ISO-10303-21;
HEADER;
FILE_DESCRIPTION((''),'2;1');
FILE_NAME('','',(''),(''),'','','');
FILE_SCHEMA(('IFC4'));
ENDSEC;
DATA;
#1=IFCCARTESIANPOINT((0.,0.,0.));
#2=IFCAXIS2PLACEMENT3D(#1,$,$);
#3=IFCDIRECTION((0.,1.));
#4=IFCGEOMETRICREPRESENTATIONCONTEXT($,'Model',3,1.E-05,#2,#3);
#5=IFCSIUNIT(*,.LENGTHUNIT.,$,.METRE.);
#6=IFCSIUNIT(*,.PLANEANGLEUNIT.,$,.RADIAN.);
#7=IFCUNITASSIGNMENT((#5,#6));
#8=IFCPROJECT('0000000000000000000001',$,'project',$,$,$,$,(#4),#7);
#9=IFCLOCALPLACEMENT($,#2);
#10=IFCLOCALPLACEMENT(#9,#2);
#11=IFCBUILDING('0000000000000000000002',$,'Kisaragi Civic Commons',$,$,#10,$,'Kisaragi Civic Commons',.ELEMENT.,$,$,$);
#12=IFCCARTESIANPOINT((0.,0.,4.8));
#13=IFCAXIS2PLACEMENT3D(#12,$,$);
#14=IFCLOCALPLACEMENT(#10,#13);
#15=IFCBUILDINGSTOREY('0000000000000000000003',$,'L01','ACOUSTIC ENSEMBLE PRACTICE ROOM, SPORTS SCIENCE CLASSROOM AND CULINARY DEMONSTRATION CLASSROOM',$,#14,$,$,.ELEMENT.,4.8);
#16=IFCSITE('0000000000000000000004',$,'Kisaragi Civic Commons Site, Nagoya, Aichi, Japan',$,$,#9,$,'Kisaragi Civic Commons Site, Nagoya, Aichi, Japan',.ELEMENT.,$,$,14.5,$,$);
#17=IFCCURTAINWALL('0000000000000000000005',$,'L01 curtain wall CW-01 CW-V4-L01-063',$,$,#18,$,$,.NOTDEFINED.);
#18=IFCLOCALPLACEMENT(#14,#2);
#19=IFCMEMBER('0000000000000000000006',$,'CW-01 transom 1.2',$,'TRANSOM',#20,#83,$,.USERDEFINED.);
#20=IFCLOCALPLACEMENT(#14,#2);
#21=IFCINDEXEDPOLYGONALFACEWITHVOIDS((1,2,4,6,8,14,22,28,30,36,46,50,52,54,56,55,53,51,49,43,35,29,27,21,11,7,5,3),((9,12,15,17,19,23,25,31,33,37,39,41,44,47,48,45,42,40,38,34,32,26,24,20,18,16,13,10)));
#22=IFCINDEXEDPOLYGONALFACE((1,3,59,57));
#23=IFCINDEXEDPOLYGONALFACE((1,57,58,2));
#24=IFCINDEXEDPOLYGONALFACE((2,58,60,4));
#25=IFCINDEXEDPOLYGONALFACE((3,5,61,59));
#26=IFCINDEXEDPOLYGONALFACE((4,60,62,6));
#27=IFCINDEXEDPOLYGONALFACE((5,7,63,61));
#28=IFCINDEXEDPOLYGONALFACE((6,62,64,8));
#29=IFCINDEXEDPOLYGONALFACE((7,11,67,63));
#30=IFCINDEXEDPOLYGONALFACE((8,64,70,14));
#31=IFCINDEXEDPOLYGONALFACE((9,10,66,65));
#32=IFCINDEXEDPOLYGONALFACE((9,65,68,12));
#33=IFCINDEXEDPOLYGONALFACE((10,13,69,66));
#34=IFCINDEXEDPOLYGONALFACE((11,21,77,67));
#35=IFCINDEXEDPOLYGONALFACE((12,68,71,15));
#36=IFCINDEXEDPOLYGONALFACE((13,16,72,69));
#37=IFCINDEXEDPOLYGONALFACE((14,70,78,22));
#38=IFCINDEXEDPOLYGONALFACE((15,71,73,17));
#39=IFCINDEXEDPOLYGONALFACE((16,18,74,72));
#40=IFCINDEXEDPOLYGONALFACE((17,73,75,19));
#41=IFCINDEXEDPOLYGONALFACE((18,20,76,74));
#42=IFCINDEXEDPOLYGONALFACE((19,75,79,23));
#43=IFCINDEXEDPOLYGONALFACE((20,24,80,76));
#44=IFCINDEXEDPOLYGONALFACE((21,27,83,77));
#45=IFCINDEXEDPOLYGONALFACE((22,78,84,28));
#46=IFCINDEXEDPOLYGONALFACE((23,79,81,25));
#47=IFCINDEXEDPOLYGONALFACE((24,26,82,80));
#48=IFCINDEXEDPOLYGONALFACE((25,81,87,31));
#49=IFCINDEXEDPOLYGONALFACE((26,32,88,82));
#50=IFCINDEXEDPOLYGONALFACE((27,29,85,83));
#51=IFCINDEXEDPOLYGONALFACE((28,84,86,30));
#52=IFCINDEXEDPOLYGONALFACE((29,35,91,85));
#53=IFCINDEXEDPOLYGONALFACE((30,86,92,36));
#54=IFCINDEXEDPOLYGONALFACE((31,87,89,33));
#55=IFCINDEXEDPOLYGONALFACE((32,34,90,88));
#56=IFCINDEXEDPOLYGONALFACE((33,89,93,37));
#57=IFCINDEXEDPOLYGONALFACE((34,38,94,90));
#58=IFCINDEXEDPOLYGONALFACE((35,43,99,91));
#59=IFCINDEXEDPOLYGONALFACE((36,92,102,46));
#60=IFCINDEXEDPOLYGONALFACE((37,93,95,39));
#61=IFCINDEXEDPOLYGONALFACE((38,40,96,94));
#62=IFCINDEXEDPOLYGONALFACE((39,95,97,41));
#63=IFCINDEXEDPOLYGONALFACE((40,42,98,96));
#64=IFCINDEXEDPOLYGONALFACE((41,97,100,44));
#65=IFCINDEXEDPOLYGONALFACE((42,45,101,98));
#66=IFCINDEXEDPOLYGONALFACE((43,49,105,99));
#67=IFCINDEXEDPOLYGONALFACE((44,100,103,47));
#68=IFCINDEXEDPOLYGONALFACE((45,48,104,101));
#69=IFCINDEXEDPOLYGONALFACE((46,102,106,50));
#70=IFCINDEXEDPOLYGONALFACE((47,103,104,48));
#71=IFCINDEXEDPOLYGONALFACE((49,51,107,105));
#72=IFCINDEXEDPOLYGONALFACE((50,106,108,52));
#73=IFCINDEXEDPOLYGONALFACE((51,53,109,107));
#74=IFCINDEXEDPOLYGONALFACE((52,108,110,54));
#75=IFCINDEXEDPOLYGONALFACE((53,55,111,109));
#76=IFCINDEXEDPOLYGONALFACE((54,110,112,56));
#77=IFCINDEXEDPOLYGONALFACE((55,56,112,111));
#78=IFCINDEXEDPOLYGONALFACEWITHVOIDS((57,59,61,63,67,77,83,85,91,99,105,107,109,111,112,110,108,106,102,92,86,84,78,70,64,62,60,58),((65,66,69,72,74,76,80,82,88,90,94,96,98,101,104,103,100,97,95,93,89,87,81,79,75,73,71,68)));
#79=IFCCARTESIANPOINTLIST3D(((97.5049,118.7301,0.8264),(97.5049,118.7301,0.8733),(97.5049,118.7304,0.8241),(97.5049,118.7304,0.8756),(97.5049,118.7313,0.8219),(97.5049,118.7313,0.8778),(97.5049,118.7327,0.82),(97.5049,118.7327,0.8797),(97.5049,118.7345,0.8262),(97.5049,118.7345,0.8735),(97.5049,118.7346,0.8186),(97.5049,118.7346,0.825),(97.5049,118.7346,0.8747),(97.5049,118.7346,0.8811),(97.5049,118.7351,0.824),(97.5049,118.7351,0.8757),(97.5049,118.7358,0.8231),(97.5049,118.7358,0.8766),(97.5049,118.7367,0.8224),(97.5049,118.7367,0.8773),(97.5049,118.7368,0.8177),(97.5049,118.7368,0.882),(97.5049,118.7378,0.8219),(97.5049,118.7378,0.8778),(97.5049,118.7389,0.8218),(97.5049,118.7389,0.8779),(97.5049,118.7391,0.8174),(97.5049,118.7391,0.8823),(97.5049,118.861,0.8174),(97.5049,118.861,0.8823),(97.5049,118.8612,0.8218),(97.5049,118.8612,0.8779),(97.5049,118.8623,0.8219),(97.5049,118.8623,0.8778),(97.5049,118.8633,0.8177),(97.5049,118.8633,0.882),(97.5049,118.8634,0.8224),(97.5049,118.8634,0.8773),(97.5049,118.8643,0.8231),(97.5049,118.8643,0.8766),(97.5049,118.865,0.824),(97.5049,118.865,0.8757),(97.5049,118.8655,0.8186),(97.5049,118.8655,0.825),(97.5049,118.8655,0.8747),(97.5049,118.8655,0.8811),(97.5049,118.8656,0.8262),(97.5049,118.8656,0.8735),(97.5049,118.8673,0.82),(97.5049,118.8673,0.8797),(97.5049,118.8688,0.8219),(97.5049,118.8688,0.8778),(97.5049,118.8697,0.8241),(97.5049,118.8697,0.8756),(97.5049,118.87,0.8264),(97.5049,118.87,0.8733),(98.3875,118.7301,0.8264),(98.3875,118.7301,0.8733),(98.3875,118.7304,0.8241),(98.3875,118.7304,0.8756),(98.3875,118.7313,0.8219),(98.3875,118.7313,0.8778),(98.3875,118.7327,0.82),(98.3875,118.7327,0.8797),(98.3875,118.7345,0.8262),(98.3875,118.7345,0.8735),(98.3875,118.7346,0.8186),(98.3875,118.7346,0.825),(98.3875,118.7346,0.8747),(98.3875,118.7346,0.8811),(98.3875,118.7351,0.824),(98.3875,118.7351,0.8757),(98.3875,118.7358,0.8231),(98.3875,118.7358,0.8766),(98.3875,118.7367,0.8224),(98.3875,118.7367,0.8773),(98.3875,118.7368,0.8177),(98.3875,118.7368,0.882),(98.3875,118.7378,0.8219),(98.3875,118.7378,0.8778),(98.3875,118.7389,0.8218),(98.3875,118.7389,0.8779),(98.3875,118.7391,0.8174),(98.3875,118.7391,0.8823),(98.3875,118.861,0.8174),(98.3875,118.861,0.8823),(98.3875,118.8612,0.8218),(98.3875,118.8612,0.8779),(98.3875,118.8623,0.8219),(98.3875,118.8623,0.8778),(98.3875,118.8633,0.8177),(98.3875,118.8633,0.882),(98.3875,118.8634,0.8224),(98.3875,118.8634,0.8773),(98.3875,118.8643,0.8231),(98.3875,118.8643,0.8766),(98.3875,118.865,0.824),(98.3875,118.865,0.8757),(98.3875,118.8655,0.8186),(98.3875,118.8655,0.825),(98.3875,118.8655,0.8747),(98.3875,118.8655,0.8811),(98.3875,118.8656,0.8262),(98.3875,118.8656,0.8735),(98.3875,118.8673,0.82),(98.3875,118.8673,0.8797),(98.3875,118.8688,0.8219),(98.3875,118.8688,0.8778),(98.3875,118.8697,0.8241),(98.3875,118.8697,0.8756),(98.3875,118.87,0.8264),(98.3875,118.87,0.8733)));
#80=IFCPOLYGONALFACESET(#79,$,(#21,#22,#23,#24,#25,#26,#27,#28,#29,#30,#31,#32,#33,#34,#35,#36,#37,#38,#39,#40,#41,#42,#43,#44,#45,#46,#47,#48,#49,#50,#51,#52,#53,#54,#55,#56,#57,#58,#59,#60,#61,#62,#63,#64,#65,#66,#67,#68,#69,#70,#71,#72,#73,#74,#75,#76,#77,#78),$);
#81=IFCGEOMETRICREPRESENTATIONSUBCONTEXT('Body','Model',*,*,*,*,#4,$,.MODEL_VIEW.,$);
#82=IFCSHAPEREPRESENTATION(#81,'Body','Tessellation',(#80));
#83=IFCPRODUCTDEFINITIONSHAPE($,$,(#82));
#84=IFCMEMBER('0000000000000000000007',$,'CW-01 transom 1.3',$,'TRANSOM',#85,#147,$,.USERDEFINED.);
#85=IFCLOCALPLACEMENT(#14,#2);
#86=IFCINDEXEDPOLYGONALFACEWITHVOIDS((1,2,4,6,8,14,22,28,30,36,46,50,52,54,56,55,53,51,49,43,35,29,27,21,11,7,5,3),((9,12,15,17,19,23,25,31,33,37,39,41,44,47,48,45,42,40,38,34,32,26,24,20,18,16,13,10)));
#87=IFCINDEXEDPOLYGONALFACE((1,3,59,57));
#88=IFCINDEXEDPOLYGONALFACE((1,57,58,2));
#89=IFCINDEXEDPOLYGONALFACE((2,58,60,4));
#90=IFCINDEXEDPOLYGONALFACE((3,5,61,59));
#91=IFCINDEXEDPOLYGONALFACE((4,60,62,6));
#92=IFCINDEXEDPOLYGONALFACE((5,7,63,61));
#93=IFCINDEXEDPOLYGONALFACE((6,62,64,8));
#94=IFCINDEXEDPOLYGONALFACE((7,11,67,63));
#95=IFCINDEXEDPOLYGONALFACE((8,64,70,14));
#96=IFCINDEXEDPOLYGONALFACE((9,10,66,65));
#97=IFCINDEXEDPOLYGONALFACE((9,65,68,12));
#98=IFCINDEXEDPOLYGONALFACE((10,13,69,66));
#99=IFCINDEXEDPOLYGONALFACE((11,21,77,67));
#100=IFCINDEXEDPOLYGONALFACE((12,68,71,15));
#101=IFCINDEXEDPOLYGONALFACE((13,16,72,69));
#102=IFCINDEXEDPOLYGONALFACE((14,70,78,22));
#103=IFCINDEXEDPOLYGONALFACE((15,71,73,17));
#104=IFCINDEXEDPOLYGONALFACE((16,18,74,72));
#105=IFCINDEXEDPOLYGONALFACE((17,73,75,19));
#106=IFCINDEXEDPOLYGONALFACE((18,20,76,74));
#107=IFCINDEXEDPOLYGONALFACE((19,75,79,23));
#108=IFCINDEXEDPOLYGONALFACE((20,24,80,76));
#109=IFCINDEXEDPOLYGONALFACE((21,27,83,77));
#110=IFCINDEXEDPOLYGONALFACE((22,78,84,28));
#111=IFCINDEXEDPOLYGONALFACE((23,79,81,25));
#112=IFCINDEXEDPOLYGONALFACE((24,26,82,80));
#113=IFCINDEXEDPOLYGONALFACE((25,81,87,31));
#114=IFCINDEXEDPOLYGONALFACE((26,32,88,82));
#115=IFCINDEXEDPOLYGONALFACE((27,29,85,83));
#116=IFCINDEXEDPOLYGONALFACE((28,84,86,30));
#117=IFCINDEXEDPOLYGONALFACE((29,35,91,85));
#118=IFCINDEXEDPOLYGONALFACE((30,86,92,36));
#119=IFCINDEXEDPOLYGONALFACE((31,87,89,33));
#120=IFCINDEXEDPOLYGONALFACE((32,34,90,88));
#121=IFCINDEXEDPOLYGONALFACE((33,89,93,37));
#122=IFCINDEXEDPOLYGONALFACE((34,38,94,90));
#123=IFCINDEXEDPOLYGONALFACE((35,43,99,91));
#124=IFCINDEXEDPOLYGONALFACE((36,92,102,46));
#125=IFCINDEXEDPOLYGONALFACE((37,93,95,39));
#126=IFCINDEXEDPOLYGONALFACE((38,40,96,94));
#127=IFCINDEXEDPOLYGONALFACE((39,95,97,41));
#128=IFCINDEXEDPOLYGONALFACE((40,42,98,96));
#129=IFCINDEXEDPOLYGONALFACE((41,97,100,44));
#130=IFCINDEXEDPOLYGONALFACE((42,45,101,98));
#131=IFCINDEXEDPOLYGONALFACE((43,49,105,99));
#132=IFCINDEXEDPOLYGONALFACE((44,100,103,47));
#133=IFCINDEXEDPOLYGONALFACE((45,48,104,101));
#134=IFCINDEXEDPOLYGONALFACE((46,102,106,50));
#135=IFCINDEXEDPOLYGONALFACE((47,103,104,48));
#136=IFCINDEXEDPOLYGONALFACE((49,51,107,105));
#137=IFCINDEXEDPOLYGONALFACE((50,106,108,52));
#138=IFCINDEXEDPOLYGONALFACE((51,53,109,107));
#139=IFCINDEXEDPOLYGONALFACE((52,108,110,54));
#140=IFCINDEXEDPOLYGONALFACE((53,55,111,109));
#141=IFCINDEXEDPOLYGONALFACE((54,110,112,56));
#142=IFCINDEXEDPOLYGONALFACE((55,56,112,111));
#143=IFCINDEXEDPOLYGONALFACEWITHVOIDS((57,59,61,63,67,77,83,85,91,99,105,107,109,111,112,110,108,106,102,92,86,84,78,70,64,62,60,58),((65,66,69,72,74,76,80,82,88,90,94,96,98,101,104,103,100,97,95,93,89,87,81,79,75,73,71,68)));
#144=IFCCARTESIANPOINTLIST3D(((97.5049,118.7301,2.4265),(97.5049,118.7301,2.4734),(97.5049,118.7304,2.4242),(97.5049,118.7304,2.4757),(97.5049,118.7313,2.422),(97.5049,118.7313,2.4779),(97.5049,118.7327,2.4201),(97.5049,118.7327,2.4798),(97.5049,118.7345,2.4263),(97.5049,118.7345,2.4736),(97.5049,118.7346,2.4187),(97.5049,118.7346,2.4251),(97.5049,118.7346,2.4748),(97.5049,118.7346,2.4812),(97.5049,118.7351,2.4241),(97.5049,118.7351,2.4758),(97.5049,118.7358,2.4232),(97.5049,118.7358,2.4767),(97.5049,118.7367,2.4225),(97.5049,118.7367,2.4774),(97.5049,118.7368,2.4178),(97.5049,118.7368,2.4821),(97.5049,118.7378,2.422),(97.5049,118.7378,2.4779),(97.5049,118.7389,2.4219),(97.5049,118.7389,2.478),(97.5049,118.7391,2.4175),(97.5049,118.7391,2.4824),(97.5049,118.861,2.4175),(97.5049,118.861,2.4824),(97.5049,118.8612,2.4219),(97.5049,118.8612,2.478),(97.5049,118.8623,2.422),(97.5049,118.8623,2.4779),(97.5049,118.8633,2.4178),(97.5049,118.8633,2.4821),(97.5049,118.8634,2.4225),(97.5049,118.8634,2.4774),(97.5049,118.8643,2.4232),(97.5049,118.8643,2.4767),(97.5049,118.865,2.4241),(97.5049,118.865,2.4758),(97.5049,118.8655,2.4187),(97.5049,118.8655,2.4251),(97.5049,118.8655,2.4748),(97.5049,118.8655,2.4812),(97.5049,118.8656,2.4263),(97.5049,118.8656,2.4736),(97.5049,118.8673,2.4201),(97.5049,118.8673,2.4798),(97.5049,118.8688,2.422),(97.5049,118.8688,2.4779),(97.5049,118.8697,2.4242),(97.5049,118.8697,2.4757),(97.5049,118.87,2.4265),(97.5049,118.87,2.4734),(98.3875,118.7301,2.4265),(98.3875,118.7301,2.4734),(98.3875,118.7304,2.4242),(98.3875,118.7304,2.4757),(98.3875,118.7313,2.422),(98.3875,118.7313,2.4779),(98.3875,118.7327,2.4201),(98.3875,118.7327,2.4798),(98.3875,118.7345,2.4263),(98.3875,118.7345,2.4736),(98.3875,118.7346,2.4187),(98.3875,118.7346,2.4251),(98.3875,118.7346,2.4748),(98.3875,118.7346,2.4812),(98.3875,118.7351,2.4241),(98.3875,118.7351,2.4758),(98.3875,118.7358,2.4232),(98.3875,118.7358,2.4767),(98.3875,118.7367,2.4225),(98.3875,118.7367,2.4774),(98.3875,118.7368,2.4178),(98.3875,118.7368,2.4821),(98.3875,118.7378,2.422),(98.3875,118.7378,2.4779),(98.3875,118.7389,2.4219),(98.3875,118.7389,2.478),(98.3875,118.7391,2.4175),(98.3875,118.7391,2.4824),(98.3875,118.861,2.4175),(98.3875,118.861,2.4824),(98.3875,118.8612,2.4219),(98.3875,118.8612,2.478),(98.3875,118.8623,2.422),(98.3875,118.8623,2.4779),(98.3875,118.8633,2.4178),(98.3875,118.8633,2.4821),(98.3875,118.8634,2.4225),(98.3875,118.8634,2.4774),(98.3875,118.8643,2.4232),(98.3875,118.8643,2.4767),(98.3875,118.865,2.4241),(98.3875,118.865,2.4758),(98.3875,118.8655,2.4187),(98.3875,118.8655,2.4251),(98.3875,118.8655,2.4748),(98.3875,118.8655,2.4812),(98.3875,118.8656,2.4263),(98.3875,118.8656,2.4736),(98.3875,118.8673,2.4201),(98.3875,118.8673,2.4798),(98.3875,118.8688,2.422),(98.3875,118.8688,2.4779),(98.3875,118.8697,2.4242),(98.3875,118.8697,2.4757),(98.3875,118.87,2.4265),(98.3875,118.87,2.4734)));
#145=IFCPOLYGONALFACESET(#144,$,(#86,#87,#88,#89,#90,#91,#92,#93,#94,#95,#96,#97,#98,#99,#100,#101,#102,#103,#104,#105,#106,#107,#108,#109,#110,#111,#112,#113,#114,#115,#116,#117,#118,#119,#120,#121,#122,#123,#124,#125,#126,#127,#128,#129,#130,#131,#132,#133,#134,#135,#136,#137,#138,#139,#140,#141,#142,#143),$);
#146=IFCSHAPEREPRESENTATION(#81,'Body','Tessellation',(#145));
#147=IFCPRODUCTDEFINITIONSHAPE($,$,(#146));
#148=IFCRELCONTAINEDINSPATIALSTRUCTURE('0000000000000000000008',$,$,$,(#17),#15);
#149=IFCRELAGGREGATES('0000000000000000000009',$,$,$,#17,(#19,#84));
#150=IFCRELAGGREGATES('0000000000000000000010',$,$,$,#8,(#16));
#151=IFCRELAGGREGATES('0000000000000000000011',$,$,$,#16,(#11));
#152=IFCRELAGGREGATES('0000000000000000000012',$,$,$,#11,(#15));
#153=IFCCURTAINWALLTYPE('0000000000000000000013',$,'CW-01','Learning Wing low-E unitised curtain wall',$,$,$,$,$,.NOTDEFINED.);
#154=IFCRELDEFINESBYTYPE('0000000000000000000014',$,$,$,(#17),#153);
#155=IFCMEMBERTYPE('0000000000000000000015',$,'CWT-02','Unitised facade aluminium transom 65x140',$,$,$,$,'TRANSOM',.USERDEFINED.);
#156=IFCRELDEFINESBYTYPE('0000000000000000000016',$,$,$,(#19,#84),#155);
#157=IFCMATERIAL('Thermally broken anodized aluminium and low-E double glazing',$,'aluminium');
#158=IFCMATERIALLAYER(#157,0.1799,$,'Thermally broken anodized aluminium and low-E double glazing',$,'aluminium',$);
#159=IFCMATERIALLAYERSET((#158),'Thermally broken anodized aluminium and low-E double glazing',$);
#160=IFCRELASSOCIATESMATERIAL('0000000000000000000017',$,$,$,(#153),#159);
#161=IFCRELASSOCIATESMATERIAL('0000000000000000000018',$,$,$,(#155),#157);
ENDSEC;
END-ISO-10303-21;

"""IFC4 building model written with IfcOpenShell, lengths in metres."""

from ifc_helpers import new_model, si_unit, direction, frame, origin, origin_2d, place, context, subcontext, project, spatial, hollow_rectangle, extrude, material, layer, layer_set, material_profile, profile_set, type_object, element, aggregate, save


model = new_model("IFC4")

# Units and contexts
model_context = context("Model", 3, precision=1e-05, world=origin(), true_north=direction((0.0, 1.0)))
body_context = subcontext(model_context, "Body", "Model", "MODEL_VIEW")
ifc_project = project(units=[si_unit("LENGTHUNIT", "METRE"), si_unit("PLANEANGLEUNIT", "RADIAN")], contexts=[model_context])

# Site, building, storey
site_placement = place(None, origin())
site = spatial("IfcSite", under=ifc_project, at=site_placement, Name="Kisaragi Civic Commons Site, Nagoya, Aichi, Japan", LongName="Kisaragi Civic Commons Site, Nagoya, Aichi, Japan", CompositionType="ELEMENT", RefElevation=14.5)
building_placement = place(site_placement, origin())
building = spatial("IfcBuilding", under=site, at=building_placement, Name="Kisaragi Civic Commons", LongName="Kisaragi Civic Commons", CompositionType="ELEMENT")
storey_placement = place(building_placement, frame((0.0, 0.0, 4.8)))
storey = spatial("IfcBuildingStorey", under=building, at=storey_placement, Name="L01", Description="ACOUSTIC ENSEMBLE PRACTICE ROOM, SPORTS SCIENCE CLASSROOM AND CULINARY DEMONSTRATION CLASSROOM", CompositionType="ELEMENT", Elevation=4.8)

# Curtain wall, members
ifc_material = material(Name="Thermally broken anodized aluminium and low-E double glazing", Category="aluminium")
ifc_layer_1 = layer(ifc_material, 0.1799, Name="Thermally broken anodized aluminium and low-E double glazing", Category="aluminium")
ifc_layer_set_1 = layer_set([ifc_layer_1], Name="Thermally broken anodized aluminium and low-E double glazing")
curtain_wall_type = type_object("IfcCurtainWallType", Name="CW-01", Description="Learning Wing low-E unitised curtain wall", PredefinedType="NOTDEFINED", material=ifc_layer_set_1)
curtain_wall_placement = place(storey_placement, origin())
curtain_wall = element("IfcCurtainWall", 1, at=curtain_wall_placement, inside=storey, type_object=curtain_wall_type, Name="L01 curtain wall CW-01 CW-V4-L01-063", PredefinedType="NOTDEFINED")
ifc_material_profile_1 = material_profile(ifc_material, hollow_rectangle(XDim=0.1399, YDim=0.0649, WallThickness=0.0044, InnerFilletRadius=0.0044, OuterFilletRadius=0.009, at=origin_2d()), Name="CWT-65x140x4.5", Category="aluminium")
ifc_profile_set_1 = profile_set([ifc_material_profile_1], Name="Thermally broken anodized aluminium and low-E double glazing")
member_type_1 = type_object("IfcMemberType", Name="CWT-02", Description="Unitised facade aluminium transom 65x140", ElementType="TRANSOM", PredefinedType="USERDEFINED", material=ifc_profile_set_1)
member_1_placement = place(storey_placement, frame((97.5049, 118.8, 0.8499), z_axis=(1.0, 0.0, 0.0), x_axis=(0.0, 1.0, 0.0)))
member_1 = element("IfcMember", 2, at=member_1_placement, type_object=member_type_1, Name="CW-01 transom 1.2", ObjectType="TRANSOM", PredefinedType="USERDEFINED", context=body_context, shape_type="SweptSolid", body=[
    extrude(hollow_rectangle(XDim=0.1399, YDim=0.0649, WallThickness=0.0044, InnerFilletRadius=0.0044, OuterFilletRadius=0.009, at=origin_2d()), origin(), (0.0, 0.0, 1.0), 0.8826),
])
member_2_placement = place(storey_placement, frame((97.5049, 118.8, 2.45), z_axis=(1.0, 0.0, 0.0), x_axis=(0.0, 1.0, 0.0)))
member_2 = element("IfcMember", 3, at=member_2_placement, type_object=member_type_1, Name="CW-01 transom 1.3", ObjectType="TRANSOM", PredefinedType="USERDEFINED", context=body_context, shape_type="SweptSolid", body=[
    extrude(hollow_rectangle(XDim=0.1399, YDim=0.0649, WallThickness=0.0044, InnerFilletRadius=0.0044, OuterFilletRadius=0.009, at=origin_2d()), origin(), (0.0, 0.0, 1.0), 0.8826),
])
aggregate(curtain_wall, [member_1, member_2])

save(model, "model.ifc")
